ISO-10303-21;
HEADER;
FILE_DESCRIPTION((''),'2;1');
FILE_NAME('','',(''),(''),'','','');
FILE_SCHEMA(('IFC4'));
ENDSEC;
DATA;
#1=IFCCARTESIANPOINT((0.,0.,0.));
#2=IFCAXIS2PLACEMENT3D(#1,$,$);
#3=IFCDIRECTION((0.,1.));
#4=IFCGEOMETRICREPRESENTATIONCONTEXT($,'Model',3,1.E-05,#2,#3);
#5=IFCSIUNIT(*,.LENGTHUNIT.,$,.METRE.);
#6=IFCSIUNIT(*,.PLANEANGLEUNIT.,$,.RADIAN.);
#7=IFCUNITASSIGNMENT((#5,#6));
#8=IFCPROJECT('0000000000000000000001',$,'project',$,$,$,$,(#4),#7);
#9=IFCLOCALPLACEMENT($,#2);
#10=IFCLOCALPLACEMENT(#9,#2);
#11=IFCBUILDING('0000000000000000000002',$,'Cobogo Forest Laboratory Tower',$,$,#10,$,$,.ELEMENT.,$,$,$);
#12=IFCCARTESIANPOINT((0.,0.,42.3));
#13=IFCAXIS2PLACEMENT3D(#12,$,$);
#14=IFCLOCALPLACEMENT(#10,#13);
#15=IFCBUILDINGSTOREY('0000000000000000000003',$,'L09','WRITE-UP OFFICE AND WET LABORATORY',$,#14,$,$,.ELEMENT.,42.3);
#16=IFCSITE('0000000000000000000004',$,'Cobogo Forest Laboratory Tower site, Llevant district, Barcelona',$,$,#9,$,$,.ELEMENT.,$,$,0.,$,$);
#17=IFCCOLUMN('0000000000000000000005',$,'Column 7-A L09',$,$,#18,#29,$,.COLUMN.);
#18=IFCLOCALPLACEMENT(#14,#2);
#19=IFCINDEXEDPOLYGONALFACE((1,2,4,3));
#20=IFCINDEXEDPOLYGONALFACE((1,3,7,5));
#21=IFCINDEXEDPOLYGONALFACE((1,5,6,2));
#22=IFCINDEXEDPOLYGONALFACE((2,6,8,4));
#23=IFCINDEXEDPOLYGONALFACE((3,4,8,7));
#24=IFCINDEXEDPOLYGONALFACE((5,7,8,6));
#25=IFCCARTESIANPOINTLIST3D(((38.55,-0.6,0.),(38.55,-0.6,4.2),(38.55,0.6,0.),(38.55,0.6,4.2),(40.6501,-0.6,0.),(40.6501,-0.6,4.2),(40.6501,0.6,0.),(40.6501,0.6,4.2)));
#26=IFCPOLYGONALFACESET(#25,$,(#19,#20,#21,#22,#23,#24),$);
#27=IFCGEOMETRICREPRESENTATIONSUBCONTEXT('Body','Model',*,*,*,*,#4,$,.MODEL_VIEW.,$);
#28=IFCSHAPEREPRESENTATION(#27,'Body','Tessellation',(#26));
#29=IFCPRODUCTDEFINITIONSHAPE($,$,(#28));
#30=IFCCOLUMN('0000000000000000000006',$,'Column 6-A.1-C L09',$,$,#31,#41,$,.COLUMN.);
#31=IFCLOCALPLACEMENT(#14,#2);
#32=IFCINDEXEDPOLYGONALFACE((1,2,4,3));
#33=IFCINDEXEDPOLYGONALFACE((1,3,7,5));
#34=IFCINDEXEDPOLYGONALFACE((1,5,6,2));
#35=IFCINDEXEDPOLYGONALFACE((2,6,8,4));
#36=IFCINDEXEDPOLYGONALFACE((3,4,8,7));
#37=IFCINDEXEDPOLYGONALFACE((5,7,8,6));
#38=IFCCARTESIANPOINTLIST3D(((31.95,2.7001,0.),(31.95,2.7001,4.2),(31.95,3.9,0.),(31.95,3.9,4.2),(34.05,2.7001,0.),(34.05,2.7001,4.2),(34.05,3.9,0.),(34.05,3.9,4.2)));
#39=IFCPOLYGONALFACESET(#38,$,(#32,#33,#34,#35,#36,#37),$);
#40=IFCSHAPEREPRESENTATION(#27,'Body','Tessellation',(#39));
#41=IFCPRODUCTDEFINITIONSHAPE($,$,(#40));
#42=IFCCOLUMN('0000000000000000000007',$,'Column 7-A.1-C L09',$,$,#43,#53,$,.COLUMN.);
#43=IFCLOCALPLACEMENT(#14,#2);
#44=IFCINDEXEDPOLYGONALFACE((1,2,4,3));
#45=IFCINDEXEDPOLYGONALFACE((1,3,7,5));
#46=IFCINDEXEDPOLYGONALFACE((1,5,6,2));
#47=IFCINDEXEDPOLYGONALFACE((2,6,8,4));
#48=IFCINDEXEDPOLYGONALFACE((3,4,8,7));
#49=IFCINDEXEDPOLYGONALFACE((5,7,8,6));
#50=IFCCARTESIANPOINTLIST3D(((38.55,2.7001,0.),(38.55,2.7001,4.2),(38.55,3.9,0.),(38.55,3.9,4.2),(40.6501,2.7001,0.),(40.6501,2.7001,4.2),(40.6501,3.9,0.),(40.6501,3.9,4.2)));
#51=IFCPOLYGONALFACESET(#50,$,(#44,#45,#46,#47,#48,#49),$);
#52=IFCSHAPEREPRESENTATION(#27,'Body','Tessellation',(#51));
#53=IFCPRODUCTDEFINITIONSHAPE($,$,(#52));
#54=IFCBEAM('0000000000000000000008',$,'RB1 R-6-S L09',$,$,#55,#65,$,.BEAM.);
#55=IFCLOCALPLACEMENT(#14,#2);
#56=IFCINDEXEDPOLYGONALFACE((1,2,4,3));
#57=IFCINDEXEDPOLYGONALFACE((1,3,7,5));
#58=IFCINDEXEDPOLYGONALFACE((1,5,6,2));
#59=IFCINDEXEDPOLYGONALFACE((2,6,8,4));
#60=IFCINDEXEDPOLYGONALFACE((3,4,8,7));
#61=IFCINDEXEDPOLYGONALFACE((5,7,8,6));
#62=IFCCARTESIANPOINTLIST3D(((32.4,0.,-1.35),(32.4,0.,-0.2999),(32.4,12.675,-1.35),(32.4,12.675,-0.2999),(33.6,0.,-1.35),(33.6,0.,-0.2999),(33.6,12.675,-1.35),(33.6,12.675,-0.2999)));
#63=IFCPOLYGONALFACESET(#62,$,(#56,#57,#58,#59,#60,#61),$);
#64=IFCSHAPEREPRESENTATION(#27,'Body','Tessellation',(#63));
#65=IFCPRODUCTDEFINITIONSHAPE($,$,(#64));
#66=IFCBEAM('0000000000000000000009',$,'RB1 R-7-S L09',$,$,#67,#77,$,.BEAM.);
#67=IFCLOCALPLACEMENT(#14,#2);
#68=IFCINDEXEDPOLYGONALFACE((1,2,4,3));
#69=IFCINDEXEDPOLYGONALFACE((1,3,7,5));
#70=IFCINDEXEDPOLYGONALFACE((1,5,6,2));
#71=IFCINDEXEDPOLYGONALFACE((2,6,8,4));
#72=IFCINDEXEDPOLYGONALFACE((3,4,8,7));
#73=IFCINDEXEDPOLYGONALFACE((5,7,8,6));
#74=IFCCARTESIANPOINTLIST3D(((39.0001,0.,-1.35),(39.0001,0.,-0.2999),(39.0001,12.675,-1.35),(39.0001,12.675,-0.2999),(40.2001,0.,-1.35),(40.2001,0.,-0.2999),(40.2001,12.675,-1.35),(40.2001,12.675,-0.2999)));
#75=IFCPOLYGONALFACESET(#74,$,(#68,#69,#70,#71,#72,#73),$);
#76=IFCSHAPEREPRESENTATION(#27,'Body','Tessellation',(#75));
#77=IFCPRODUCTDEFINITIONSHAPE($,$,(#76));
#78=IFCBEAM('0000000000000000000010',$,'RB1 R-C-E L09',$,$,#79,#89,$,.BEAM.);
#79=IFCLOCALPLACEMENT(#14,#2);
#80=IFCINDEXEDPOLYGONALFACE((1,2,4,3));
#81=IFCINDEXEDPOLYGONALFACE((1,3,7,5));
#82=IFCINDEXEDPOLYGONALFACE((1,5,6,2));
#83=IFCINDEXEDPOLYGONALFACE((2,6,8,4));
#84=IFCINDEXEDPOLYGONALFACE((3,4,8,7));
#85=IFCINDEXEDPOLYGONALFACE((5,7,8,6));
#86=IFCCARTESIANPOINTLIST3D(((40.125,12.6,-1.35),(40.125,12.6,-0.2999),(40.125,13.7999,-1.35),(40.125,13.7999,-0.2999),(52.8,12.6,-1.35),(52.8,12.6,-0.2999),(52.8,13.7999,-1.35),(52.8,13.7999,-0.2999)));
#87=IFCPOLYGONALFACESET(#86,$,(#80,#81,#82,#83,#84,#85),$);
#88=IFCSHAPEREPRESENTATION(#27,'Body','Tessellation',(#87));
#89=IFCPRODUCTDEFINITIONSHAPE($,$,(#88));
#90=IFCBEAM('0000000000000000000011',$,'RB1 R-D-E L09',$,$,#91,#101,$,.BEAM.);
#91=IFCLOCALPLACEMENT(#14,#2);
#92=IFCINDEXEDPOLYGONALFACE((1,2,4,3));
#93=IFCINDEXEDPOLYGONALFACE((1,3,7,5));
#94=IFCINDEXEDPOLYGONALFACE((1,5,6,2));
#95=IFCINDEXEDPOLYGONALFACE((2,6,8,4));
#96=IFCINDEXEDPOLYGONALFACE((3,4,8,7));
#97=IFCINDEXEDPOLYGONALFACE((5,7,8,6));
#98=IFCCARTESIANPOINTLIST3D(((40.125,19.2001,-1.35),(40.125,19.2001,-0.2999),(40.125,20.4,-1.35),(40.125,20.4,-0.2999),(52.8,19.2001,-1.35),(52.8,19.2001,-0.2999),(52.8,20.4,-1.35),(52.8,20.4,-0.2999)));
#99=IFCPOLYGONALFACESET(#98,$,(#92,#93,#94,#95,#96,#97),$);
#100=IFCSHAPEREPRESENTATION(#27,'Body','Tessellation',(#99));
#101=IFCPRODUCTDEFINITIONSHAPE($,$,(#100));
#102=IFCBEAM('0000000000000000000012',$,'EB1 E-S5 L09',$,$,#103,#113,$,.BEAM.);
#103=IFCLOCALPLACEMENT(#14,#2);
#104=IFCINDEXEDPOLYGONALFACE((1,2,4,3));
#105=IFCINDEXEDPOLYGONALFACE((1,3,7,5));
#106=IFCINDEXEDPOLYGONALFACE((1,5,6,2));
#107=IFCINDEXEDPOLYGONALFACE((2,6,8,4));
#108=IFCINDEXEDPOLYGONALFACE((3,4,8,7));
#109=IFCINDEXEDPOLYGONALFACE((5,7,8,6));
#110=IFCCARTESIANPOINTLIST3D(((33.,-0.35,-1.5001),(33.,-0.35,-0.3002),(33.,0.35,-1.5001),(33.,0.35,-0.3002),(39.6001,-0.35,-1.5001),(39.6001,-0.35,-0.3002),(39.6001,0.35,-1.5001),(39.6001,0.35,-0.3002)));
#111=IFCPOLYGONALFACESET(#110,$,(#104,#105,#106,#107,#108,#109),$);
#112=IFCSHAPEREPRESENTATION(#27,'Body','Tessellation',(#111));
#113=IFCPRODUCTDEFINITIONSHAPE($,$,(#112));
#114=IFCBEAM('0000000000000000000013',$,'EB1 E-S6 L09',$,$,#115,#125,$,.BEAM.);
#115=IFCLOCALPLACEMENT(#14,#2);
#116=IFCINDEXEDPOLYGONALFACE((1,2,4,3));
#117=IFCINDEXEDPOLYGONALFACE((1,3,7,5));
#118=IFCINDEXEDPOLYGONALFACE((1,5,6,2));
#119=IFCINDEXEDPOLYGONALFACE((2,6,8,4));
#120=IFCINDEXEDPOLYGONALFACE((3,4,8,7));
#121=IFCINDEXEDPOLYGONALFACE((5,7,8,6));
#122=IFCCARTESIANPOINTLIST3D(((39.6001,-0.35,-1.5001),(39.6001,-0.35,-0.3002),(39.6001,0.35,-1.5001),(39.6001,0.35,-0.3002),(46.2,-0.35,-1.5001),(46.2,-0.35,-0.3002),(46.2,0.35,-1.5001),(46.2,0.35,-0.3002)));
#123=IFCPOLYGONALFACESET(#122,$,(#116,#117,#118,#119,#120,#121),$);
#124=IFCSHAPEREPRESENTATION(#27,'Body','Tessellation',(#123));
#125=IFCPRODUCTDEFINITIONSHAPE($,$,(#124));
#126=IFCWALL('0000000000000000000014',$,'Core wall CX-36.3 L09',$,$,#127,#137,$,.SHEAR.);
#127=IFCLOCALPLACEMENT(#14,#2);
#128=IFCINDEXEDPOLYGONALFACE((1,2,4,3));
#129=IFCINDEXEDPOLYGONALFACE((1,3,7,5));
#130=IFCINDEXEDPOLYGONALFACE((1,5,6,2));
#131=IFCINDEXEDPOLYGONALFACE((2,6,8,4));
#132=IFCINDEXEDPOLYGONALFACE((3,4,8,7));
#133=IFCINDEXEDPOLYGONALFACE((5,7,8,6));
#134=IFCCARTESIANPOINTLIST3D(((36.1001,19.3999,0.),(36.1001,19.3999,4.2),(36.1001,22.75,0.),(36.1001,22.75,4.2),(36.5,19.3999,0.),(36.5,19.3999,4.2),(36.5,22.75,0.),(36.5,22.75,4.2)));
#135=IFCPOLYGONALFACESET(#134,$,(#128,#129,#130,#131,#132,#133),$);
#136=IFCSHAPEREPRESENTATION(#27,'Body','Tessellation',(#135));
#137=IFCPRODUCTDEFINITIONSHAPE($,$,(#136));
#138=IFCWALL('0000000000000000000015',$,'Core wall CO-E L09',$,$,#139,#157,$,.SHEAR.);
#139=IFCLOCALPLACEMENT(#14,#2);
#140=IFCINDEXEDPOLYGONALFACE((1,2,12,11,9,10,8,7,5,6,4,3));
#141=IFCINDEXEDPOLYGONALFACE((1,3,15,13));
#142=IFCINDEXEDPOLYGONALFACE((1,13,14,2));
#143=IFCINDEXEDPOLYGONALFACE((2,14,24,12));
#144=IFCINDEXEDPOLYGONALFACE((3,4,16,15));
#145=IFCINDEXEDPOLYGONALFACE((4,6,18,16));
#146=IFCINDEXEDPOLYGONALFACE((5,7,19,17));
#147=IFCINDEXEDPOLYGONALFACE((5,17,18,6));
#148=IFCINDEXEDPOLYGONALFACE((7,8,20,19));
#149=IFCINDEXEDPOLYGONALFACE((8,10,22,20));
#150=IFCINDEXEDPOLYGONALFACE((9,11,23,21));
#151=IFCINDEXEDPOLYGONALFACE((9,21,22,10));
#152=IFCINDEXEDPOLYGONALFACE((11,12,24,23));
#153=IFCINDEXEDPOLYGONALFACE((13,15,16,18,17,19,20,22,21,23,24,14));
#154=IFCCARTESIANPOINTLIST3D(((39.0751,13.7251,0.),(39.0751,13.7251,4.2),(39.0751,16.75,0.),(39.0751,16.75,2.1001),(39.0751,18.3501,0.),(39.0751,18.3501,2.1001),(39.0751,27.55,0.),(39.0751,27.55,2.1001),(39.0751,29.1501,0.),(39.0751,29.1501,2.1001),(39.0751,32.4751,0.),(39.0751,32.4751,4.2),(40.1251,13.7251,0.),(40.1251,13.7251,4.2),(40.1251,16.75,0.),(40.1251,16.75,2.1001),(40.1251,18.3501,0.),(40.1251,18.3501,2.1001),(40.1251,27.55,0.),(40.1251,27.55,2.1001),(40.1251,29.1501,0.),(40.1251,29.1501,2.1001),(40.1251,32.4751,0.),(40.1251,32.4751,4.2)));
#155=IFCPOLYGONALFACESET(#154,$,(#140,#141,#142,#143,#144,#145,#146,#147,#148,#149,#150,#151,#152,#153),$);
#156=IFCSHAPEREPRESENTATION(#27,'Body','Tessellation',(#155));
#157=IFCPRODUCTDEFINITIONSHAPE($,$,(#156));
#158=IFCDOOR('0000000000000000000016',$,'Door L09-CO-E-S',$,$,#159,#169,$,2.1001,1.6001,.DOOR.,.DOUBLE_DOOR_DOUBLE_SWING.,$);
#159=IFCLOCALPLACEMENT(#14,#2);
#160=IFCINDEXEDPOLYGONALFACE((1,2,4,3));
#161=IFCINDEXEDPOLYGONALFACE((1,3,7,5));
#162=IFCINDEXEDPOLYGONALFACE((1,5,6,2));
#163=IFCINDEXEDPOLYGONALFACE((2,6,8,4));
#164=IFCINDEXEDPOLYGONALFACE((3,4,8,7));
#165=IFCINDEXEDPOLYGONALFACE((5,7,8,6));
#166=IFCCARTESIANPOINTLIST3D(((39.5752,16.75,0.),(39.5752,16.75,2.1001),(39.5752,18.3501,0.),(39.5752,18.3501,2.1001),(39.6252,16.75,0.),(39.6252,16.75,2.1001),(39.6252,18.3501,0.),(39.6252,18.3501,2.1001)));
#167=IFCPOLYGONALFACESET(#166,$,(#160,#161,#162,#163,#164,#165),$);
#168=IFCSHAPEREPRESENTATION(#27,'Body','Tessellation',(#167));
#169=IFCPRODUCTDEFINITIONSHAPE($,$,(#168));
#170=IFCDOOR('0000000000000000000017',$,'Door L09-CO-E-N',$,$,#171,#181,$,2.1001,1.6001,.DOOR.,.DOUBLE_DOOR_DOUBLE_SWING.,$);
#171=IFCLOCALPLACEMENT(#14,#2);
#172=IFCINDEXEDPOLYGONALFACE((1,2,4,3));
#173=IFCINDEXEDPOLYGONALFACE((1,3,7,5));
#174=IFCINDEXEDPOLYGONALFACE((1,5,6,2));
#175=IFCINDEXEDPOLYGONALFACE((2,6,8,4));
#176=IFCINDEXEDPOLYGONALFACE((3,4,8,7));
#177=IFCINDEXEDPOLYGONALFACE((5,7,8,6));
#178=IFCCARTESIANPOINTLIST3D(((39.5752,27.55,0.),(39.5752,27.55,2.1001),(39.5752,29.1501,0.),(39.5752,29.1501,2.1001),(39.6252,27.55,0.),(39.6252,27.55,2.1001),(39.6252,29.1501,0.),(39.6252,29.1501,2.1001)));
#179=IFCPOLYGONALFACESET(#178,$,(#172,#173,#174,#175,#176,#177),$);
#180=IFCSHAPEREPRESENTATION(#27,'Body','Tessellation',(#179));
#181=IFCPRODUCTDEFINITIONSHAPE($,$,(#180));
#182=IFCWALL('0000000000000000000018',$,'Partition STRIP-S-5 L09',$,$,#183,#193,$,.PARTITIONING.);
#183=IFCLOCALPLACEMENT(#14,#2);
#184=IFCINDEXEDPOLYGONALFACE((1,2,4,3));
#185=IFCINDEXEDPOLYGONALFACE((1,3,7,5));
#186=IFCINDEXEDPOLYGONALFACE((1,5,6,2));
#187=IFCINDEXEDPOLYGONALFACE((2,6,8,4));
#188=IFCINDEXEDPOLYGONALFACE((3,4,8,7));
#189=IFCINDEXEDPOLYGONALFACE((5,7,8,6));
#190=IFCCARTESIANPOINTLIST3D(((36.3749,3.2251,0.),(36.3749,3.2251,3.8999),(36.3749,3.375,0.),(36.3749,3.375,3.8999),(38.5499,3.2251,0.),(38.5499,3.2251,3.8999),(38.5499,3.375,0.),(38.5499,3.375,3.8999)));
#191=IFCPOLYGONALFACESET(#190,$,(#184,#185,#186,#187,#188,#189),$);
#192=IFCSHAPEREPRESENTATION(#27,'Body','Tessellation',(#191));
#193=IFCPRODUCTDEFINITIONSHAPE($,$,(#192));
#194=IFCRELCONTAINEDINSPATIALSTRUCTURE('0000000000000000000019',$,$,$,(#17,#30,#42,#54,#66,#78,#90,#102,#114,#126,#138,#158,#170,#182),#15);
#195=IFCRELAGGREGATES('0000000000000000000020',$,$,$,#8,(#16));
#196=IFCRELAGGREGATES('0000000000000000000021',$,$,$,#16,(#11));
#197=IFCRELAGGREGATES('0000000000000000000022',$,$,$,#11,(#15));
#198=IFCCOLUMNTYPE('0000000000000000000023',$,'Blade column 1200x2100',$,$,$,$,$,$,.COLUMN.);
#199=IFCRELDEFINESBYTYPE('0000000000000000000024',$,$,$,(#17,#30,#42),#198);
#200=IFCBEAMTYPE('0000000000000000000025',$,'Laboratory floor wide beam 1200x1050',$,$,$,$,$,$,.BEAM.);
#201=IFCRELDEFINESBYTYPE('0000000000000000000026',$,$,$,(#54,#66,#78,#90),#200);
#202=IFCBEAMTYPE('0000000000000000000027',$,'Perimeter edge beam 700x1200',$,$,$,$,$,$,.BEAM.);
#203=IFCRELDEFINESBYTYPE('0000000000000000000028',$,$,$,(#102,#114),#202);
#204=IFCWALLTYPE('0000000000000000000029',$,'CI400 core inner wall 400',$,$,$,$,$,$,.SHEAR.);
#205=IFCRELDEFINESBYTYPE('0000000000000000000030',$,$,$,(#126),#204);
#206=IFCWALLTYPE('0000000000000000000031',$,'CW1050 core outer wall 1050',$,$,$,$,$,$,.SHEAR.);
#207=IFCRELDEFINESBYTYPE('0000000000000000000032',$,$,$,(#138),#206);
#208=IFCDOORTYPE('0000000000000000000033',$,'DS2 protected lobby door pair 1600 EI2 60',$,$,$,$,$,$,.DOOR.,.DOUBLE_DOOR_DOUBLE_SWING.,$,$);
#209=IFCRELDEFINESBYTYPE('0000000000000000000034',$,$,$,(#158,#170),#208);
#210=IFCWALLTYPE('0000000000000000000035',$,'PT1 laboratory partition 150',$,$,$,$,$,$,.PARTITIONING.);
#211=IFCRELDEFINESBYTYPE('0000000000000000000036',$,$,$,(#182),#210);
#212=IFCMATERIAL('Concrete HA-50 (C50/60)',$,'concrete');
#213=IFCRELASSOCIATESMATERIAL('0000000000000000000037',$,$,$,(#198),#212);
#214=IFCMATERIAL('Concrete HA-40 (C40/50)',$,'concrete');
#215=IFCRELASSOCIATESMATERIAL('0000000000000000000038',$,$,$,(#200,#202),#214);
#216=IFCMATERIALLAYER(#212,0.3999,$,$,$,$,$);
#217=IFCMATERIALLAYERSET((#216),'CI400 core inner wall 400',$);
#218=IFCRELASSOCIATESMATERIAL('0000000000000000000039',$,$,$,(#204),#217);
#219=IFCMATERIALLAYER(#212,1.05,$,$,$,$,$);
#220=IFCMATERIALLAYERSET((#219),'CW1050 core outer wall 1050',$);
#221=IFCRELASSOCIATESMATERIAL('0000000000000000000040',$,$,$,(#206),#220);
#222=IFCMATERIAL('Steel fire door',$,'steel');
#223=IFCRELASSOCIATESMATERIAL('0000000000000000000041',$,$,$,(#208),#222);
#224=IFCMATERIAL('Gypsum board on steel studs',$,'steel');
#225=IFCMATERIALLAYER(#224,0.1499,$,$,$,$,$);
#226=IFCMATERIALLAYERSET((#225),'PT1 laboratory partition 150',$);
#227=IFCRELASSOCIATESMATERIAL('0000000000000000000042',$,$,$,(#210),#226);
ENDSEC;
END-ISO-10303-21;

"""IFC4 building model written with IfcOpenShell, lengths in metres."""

from ifc_helpers import new_model, si_unit, direction, frame, frame_2d, origin, origin_2d, place, context, subcontext, project, spatial, rectangle, extrude, material, layer, layer_set, material_profile, profile_set, type_object, element, fill, save


model = new_model("IFC4")

# Units and contexts
model_context = context("Model", 3, precision=1e-05, world=origin(), true_north=direction((0.0, 1.0)))
body_context = subcontext(model_context, "Body", "Model", "MODEL_VIEW")
ifc_project = project(units=[si_unit("LENGTHUNIT", "METRE"), si_unit("PLANEANGLEUNIT", "RADIAN")], contexts=[model_context])

# Site, building, storey
site_placement = place(None, origin())
site = spatial("IfcSite", under=ifc_project, at=site_placement, Name="Cobogo Forest Laboratory Tower site, Llevant district, Barcelona", CompositionType="ELEMENT", RefElevation=0.0)
building_placement = place(site_placement, origin())
building = spatial("IfcBuilding", under=site, at=building_placement, Name="Cobogo Forest Laboratory Tower", CompositionType="ELEMENT")
storey_placement = place(building_placement, frame((0.0, 0.0, 42.3)))
storey = spatial("IfcBuildingStorey", under=building, at=storey_placement, Name="L09", Description="WRITE-UP OFFICE AND WET LABORATORY", CompositionType="ELEMENT", Elevation=42.3)

# Columns
ifc_material_1 = material(Name="Concrete HA-50 (C50/60)", Category="concrete")
ifc_material_profile_1 = material_profile(ifc_material_1, rectangle(XDim=2.1001, YDim=1.2, at=origin_2d()), Name="RC 1200x2100")
ifc_profile_set_1 = profile_set([ifc_material_profile_1], Name="Concrete HA-50 (C50/60)")
column_type = type_object("IfcColumnType", Name="Blade column 1200x2100", PredefinedType="COLUMN", material=ifc_profile_set_1)
for number, where, z_axis, x_axis, name in (
    (1, (39.6001, 0.0, 0.0), (0.0, 0.0, 1.0), (1.0, 0.0, 0.0), "Column 7-A L09"),
    (2, (33.0, 3.3, 0.0), (0.0, 0.0, 1.0), (1.0, 0.0, 0.0), "Column 6-A.1-C L09"),
    (3, (39.6001, 3.3, 0.0), (0.0, 0.0, 1.0), (1.0, 0.0, 0.0), "Column 7-A.1-C L09"),
):
    element("IfcColumn", number, at=place(storey_placement, frame(where, z_axis=z_axis, x_axis=x_axis)), inside=storey, type_object=column_type, Name=name, PredefinedType="COLUMN", context=body_context, shape_type="SweptSolid", body=[
        extrude(rectangle(XDim=2.1001, YDim=1.2, at=origin_2d()), origin(), (0.0, 0.0, 1.0), 4.2),
    ])

# Beams
ifc_material_2 = material(Name="Concrete HA-40 (C40/50)", Category="concrete")
ifc_material_profile_2 = material_profile(ifc_material_2, rectangle(XDim=1.2, YDim=1.05, at=origin_2d()), Name="RC 1200x1050")
ifc_profile_set_2 = profile_set([ifc_material_profile_2], Name="Concrete HA-40 (C40/50)")
beam_type_1 = type_object("IfcBeamType", Name="Laboratory floor wide beam 1200x1050", PredefinedType="BEAM", material=ifc_profile_set_2)
for number, where, z_axis, x_axis, name in (
    (4, (33.0, 12.675, -0.825), (0.0, -1.0, 0.0), (1.0, 0.0, 0.0), "RB1 R-6-S L09"),
    (5, (39.6001, 12.675, -0.825), (0.0, -1.0, 0.0), (1.0, 0.0, 0.0), "RB1 R-7-S L09"),
    (6, (40.125, 13.2, -0.825), (1.0, 0.0, 0.0), (0.0, 1.0, 0.0), "RB1 R-C-E L09"),
    (7, (40.125, 19.8, -0.825), (1.0, 0.0, 0.0), (0.0, 1.0, 0.0), "RB1 R-D-E L09"),
):
    element("IfcBeam", number, at=place(storey_placement, frame(where, z_axis=z_axis, x_axis=x_axis)), inside=storey, type_object=beam_type_1, Name=name, PredefinedType="BEAM", context=body_context, shape_type="SweptSolid", body=[
        extrude(rectangle(XDim=1.2, YDim=1.05, at=origin_2d()), origin(), (0.0, 0.0, 1.0), 12.675),
    ])
ifc_material_profile_3 = material_profile(ifc_material_2, rectangle(XDim=0.7, YDim=1.2, at=origin_2d()), Name="RC 700x1200")
ifc_profile_set_3 = profile_set([ifc_material_profile_3], Name="Concrete HA-40 (C40/50)")
beam_type_2 = type_object("IfcBeamType", Name="Perimeter edge beam 700x1200", PredefinedType="BEAM", material=ifc_profile_set_3)
beam_1_placement = place(storey_placement, frame((33.0, 0.0, -0.9001), z_axis=(1.0, 0.0, 0.0), x_axis=(0.0, 1.0, 0.0)))
element("IfcBeam", 8, at=beam_1_placement, inside=storey, type_object=beam_type_2, Name="EB1 E-S5 L09", PredefinedType="BEAM", context=body_context, shape_type="SweptSolid", body=[
    extrude(rectangle(XDim=0.7, YDim=1.2, at=origin_2d()), origin(), (0.0, 0.0, 1.0), 6.6001),
])
beam_2_placement = place(storey_placement, frame((39.6001, 0.0, -0.9001), z_axis=(1.0, 0.0, 0.0), x_axis=(0.0, 1.0, 0.0)))
element("IfcBeam", 9, at=beam_2_placement, inside=storey, type_object=beam_type_2, Name="EB1 E-S6 L09", PredefinedType="BEAM", context=body_context, shape_type="SweptSolid", body=[
    extrude(rectangle(XDim=0.7, YDim=1.2, at=origin_2d()), origin(), (0.0, 0.0, 1.0), 6.5999),
])

# Wall
ifc_layer_1 = layer(ifc_material_1, 0.3999)
ifc_layer_set_1 = layer_set([ifc_layer_1], Name="CI400 core inner wall 400")
wall_type_1 = type_object("IfcWallType", Name="CI400 core inner wall 400", PredefinedType="SHEAR", material=ifc_layer_set_1)
wall_1_placement = place(storey_placement, frame((36.3, 19.3999, 0.0), z_axis=(0.0, 0.0, 1.0), x_axis=(0.0, 1.0, 0.0)))
element("IfcWall", 10, at=wall_1_placement, inside=storey, type_object=wall_type_1, Name="Core wall CX-36.3 L09", PredefinedType="SHEAR", context=body_context, shape_type="SweptSolid", body=[
    extrude(rectangle(XDim=3.3501, YDim=0.3999, at=frame_2d((1.675, 0.0))), origin(), (0.0, 0.0, 1.0), 4.2),
])

# Wall, openings, doors
ifc_layer_2 = layer(ifc_material_1, 1.05)
ifc_layer_set_2 = layer_set([ifc_layer_2], Name="CW1050 core outer wall 1050")
wall_type_2 = type_object("IfcWallType", Name="CW1050 core outer wall 1050", PredefinedType="SHEAR", material=ifc_layer_set_2)
wall_2_placement = place(storey_placement, frame((39.6001, 13.7251, 0.0), z_axis=(0.0, 0.0, 1.0), x_axis=(0.0, 1.0, 0.0)))
wall_2 = element("IfcWall", 11, at=wall_2_placement, inside=storey, type_object=wall_type_2, Name="Core wall CO-E L09", PredefinedType="SHEAR", context=body_context, shape_type="SweptSolid", body=[
    extrude(rectangle(XDim=18.75, YDim=1.05, at=frame_2d((9.375, 0.0))), origin(), (0.0, 0.0, 1.0), 4.2),
])
opening_1_placement = place(wall_2_placement, frame((3.0249, 0.0, 0.0)))
opening_1 = element("IfcOpeningElement", 12, at=opening_1_placement, cuts=wall_2, PredefinedType="OPENING", context=body_context, shape_type="SweptSolid", body=[
    extrude(rectangle(XDim=1.6001, YDim=2.1001, at=frame_2d((0.8, 1.05))), frame((0.0, 0.5349, 0.0), z_axis=(0.0, -1.0, 0.0), x_axis=(1.0, 0.0, 0.0)), (0.0, 0.0, 1.0), 1.0701),
])
opening_2_placement = place(wall_2_placement, frame((13.825, 0.0, 0.0)))
opening_2 = element("IfcOpeningElement", 13, at=opening_2_placement, cuts=wall_2, PredefinedType="OPENING", context=body_context, shape_type="SweptSolid", body=[
    extrude(rectangle(XDim=1.6001, YDim=2.1001, at=frame_2d((0.8, 1.05))), frame((0.0, 0.5349, 0.0), z_axis=(0.0, -1.0, 0.0), x_axis=(1.0, 0.0, 0.0)), (0.0, 0.0, 1.0), 1.0701),
])
ifc_material_3 = material(Name="Steel fire door", Category="steel")
door_type_1 = type_object("IfcDoorType", Name="DS2 protected lobby door pair 1600 EI2 60", OperationType="DOUBLE_DOOR_DOUBLE_SWING", PredefinedType="DOOR", material=ifc_material_3)
door_1_placement = place(opening_1_placement, origin())
door_1 = element("IfcDoor", 14, at=door_1_placement, inside=storey, type_object=door_type_1, Name="Door L09-CO-E-S", OperationType="DOUBLE_DOOR_DOUBLE_SWING", OverallHeight=2.1001, OverallWidth=1.6001, PredefinedType="DOOR", context=body_context, shape_type="SweptSolid", body=[
    extrude(rectangle(XDim=1.6001, YDim=2.1001, at=frame_2d((0.8, 1.05))), frame((0.0, 0.0249, 0.0), z_axis=(0.0, -1.0, 0.0), x_axis=(1.0, 0.0, 0.0)), (0.0, 0.0, 1.0), 0.05),
])
fill(opening_1, door_1)
door_2_placement = place(opening_2_placement, origin())
door_2 = element("IfcDoor", 15, at=door_2_placement, inside=storey, type_object=door_type_1, Name="Door L09-CO-E-N", OperationType="DOUBLE_DOOR_DOUBLE_SWING", OverallHeight=2.1001, OverallWidth=1.6001, PredefinedType="DOOR", context=body_context, shape_type="SweptSolid", body=[
    extrude(rectangle(XDim=1.6001, YDim=2.1001, at=frame_2d((0.8, 1.05))), frame((0.0, 0.0249, 0.0), z_axis=(0.0, -1.0, 0.0), x_axis=(1.0, 0.0, 0.0)), (0.0, 0.0, 1.0), 0.05),
])
fill(opening_2, door_2)

# Wall
ifc_material_4 = material(Name="Gypsum board on steel studs", Category="steel")
ifc_layer_3 = layer(ifc_material_4, 0.1499)
ifc_layer_set_3 = layer_set([ifc_layer_3], Name="PT1 laboratory partition 150")
wall_type_3 = type_object("IfcWallType", Name="PT1 laboratory partition 150", PredefinedType="PARTITIONING", material=ifc_layer_set_3)
wall_3_placement = place(storey_placement, frame((36.375, 3.3, 0.0), z_axis=(0.0, 0.0, 1.0), x_axis=(1.0, 0.0, 0.0)))
element("IfcWall", 16, at=wall_3_placement, inside=storey, type_object=wall_type_3, Name="Partition STRIP-S-5 L09", PredefinedType="PARTITIONING", context=body_context, shape_type="SweptSolid", body=[
    extrude(rectangle(XDim=2.175, YDim=0.1499, at=frame_2d((1.0874, 0.0))), origin(), (0.0, 0.0, 1.0), 3.8999),
])

save(model, "model.ifc")
